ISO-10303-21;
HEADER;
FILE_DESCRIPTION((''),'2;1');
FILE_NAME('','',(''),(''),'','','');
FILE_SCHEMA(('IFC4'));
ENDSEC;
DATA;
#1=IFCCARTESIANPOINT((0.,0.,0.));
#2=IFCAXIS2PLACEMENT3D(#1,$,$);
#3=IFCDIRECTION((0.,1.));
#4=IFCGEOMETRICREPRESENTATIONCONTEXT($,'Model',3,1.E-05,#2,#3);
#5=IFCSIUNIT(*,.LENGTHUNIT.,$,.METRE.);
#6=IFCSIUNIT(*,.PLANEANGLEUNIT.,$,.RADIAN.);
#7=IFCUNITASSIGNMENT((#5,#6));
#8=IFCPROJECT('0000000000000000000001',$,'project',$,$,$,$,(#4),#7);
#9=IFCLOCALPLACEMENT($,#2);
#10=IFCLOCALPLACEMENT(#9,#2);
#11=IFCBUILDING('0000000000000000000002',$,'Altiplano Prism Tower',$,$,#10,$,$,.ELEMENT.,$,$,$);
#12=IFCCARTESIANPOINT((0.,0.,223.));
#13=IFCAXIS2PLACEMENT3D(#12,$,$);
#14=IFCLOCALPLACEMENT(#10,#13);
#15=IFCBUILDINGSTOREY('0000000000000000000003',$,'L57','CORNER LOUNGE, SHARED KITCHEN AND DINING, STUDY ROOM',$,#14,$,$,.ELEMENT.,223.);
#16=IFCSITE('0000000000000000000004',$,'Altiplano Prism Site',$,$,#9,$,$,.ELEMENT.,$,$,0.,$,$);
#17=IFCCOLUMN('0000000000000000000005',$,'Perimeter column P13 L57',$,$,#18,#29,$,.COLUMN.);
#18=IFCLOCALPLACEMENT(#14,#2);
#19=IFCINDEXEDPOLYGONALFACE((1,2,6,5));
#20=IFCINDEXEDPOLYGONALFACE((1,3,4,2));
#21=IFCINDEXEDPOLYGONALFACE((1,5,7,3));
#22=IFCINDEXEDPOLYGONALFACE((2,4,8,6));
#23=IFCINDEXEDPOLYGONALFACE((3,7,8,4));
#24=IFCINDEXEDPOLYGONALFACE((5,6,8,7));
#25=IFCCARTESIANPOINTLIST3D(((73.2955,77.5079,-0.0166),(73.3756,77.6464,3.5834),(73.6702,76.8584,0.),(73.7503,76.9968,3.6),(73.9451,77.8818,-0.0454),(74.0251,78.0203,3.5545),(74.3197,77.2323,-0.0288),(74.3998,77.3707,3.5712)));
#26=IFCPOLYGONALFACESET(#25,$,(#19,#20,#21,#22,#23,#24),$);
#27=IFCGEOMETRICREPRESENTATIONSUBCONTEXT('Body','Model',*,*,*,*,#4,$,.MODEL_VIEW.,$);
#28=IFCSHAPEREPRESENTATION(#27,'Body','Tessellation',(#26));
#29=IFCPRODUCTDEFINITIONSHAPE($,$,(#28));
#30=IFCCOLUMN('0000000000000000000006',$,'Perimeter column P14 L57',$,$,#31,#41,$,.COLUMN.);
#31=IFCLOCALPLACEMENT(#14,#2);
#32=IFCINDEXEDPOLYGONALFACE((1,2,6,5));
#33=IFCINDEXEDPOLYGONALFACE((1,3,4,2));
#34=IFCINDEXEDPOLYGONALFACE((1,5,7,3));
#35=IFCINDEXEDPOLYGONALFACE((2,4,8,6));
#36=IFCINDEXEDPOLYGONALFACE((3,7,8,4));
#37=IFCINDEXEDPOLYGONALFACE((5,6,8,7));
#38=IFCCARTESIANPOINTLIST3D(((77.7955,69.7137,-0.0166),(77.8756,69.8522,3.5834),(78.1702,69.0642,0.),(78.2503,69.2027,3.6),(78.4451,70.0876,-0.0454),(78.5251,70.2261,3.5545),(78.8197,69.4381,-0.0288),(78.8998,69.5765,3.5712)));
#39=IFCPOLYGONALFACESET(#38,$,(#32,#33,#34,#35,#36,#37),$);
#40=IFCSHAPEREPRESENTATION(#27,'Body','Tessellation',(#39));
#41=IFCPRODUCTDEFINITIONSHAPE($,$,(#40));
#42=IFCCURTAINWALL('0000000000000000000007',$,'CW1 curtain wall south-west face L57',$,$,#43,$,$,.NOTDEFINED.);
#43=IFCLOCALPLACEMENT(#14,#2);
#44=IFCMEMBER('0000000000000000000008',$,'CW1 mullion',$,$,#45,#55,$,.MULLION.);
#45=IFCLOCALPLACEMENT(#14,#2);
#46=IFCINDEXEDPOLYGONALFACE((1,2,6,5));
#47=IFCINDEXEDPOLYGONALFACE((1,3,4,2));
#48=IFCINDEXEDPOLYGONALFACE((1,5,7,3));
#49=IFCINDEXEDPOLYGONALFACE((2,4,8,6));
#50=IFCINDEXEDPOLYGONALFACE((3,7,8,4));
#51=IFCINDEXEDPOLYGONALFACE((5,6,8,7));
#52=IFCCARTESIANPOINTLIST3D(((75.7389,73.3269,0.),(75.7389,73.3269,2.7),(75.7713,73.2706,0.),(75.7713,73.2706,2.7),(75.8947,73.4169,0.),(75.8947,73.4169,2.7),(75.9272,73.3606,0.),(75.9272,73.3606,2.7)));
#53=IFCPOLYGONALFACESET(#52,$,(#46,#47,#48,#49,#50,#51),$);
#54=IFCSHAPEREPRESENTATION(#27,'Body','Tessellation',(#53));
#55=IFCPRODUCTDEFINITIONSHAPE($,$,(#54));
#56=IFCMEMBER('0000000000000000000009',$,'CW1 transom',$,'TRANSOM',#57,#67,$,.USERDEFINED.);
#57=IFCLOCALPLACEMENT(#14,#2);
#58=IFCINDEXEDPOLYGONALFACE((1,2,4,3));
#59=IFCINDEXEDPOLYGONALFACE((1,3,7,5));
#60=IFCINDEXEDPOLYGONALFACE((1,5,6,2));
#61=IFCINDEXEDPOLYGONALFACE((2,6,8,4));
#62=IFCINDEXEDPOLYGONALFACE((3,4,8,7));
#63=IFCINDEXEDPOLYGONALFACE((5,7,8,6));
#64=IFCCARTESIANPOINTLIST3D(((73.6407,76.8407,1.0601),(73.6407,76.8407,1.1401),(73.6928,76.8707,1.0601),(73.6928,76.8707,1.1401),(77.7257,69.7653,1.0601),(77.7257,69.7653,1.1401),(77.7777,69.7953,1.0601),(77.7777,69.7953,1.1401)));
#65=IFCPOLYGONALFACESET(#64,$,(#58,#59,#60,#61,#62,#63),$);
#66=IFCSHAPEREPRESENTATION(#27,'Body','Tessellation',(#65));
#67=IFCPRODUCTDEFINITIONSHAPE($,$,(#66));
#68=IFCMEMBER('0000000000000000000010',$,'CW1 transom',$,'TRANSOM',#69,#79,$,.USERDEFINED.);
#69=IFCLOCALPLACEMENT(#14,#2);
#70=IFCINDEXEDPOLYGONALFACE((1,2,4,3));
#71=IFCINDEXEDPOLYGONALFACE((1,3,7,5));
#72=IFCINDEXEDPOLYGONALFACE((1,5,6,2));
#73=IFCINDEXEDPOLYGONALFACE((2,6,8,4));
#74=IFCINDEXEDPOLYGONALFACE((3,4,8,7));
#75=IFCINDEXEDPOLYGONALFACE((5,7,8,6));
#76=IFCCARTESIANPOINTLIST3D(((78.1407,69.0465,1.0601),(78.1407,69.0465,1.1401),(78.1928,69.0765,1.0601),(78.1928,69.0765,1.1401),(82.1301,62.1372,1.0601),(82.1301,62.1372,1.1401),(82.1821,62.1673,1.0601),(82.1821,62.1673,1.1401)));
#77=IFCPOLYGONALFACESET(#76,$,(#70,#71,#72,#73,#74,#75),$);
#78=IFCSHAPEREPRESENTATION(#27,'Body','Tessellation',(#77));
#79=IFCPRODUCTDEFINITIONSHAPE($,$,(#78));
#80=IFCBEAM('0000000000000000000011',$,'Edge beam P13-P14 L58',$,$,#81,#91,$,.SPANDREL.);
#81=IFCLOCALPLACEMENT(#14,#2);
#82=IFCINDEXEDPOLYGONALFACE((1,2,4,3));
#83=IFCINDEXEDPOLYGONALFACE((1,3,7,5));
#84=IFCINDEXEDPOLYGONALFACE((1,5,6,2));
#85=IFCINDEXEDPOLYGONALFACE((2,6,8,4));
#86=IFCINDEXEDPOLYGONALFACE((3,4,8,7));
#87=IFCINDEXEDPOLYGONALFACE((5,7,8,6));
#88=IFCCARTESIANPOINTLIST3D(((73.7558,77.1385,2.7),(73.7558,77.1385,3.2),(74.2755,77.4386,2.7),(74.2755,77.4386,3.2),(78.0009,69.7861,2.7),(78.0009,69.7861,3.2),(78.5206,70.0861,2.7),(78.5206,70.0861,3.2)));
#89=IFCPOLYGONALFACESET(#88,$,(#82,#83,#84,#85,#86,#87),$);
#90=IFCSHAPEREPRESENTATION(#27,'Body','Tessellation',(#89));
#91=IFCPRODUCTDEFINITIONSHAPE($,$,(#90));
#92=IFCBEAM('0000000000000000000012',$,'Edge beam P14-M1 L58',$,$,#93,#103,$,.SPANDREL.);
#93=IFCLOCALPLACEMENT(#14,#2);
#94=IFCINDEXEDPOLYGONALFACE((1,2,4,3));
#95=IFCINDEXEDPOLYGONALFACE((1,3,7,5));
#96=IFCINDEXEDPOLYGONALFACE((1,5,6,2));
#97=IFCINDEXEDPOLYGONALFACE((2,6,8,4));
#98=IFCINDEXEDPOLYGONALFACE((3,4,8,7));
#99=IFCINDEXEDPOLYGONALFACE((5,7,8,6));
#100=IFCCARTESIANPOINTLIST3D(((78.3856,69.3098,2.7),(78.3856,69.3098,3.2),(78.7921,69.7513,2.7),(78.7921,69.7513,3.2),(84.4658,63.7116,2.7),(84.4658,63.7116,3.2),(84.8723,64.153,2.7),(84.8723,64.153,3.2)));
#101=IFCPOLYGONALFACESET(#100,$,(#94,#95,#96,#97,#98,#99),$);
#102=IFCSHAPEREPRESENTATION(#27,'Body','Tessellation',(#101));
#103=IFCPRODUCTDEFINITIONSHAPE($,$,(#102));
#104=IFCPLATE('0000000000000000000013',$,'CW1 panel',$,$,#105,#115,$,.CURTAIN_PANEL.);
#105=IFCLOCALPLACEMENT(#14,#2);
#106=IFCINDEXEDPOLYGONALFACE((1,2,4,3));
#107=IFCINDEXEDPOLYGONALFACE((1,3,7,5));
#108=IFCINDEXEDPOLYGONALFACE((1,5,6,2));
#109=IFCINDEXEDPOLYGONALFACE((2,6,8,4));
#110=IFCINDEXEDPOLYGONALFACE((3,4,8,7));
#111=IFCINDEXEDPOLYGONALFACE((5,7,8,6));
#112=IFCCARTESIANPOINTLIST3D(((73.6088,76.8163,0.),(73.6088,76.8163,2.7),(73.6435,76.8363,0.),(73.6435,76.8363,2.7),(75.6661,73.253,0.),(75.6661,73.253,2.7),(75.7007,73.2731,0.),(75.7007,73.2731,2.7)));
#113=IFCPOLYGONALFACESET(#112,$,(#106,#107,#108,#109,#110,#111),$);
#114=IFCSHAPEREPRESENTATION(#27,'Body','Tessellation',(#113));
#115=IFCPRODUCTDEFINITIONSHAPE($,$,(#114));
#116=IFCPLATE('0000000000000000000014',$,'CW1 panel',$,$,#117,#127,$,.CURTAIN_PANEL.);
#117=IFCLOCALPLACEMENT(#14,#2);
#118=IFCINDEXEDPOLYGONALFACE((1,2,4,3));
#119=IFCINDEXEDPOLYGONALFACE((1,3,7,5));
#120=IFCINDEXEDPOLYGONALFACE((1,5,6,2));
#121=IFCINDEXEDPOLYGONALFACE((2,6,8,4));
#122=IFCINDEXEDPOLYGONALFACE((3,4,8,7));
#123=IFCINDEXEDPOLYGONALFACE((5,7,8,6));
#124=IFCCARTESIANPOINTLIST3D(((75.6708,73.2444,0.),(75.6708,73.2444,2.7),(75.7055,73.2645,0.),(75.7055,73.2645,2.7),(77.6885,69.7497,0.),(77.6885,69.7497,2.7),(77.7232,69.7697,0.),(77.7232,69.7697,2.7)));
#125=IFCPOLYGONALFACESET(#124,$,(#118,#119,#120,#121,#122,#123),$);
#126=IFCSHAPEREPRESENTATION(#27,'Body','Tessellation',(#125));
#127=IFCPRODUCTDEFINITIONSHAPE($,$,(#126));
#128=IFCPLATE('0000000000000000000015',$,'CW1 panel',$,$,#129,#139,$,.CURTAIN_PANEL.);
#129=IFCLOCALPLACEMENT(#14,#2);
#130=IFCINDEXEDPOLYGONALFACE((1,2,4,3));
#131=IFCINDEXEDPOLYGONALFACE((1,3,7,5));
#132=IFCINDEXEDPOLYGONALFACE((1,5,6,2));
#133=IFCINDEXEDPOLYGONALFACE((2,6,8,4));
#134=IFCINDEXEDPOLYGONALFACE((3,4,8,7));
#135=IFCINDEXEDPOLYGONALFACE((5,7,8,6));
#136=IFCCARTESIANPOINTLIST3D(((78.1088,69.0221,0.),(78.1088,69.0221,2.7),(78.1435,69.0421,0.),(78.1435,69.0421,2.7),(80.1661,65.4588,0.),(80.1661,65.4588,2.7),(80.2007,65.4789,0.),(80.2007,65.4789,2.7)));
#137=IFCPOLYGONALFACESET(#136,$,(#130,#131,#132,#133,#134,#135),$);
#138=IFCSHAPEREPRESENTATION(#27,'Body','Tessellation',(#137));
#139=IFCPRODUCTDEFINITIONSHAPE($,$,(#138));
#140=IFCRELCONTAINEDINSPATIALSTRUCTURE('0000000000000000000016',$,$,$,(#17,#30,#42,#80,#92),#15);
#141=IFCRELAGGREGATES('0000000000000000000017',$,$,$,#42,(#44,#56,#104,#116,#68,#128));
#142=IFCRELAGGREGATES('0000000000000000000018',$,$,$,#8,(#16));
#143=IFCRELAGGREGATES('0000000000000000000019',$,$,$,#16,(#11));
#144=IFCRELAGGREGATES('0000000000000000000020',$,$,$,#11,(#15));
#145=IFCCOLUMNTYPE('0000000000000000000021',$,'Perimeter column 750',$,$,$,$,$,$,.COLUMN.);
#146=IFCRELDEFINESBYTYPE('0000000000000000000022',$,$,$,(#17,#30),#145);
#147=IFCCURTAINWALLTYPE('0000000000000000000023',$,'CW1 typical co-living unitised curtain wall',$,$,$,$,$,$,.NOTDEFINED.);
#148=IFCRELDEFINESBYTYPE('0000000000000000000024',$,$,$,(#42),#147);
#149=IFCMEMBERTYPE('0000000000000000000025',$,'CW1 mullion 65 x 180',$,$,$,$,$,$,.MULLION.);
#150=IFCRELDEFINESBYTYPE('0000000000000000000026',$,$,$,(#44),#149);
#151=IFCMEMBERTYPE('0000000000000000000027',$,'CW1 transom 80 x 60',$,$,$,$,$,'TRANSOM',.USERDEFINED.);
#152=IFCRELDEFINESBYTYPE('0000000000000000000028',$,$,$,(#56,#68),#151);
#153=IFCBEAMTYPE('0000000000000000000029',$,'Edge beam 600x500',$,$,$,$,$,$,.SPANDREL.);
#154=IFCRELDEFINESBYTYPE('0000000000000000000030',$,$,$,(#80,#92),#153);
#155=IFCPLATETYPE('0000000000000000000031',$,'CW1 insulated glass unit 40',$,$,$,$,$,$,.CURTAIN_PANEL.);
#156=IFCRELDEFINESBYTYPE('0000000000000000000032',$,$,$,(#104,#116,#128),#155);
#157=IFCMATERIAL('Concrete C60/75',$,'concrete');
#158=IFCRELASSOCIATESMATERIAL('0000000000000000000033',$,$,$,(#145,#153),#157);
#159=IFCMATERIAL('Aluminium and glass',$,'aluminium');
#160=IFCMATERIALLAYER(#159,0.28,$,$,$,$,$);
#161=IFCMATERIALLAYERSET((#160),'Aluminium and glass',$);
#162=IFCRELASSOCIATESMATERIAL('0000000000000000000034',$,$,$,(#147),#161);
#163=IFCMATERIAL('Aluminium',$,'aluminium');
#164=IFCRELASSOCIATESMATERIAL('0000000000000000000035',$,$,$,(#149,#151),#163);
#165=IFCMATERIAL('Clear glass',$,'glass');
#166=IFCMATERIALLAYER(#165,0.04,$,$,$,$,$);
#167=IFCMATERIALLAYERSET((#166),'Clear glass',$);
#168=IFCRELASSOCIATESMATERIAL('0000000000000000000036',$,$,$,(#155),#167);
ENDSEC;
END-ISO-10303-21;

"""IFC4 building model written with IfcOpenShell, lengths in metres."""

from ifc_helpers import new_model, si_unit, direction, frame, origin, origin_2d, place, context, subcontext, project, spatial, rectangle, extrude, material, layer, layer_set, material_profile, profile_set, type_object, element, aggregate, save


model = new_model("IFC4")

# Units and contexts
model_context = context("Model", 3, precision=1e-05, world=origin(), true_north=direction((0.0, 1.0)))
body_context = subcontext(model_context, "Body", "Model", "MODEL_VIEW")
ifc_project = project(units=[si_unit("LENGTHUNIT", "METRE"), si_unit("PLANEANGLEUNIT", "RADIAN")], contexts=[model_context])

# Site, building, storey
site_placement = place(None, origin())
site = spatial("IfcSite", under=ifc_project, at=site_placement, Name="Altiplano Prism Site", CompositionType="ELEMENT", RefElevation=0.0)
building_placement = place(site_placement, origin())
building = spatial("IfcBuilding", under=site, at=building_placement, Name="Altiplano Prism Tower", CompositionType="ELEMENT")
storey_placement = place(building_placement, frame((0.0, 0.0, 223.0)))
storey = spatial("IfcBuildingStorey", under=building, at=storey_placement, Name="L57", Description="CORNER LOUNGE, SHARED KITCHEN AND DINING, STUDY ROOM", CompositionType="ELEMENT", Elevation=223.0)

# Columns
ifc_material_1 = material(Name="Concrete C60/75", Category="concrete")
ifc_material_profile_1 = material_profile(ifc_material_1, rectangle(XDim=0.75, YDim=0.75, at=origin_2d()), Name="Perimeter column 750")
ifc_profile_set_1 = profile_set([ifc_material_profile_1], Name="Concrete C60/75")
column_type = type_object("IfcColumnType", Name="Perimeter column 750", PredefinedType="COLUMN", material=ifc_profile_set_1)
for number, where, z_axis, x_axis, name in (
    (1, (73.8076, 77.3701, -0.0227), (0.022223, 0.038416, 0.999015), (-0.866022, -0.498526, 0.038435), "Perimeter column P13 L57"),
    (2, (78.3076, 69.5759, -0.0227), (0.022223, 0.038416, 0.999015), (-0.866024, -0.498523, 0.038435), "Perimeter column P14 L57"),
):
    element("IfcColumn", number, at=place(storey_placement, frame(where, z_axis=z_axis, x_axis=x_axis)), inside=storey, type_object=column_type, Name=name, PredefinedType="COLUMN", context=body_context, shape_type="SweptSolid", body=[
        extrude(rectangle(XDim=0.75, YDim=0.75, at=origin_2d()), origin(), (0.0, 0.0, 1.0), 3.6035),
    ])

# Curtain wall, members
ifc_material_2 = material(Name="Aluminium and glass", Category="aluminium")
ifc_layer_1 = layer(ifc_material_2, 0.28)
ifc_layer_set_1 = layer_set([ifc_layer_1], Name="Aluminium and glass")
curtain_wall_type = type_object("IfcCurtainWallType", Name="CW1 typical co-living unitised curtain wall", PredefinedType="NOTDEFINED", material=ifc_layer_set_1)
curtain_wall_placement = place(storey_placement, origin())
curtain_wall = element("IfcCurtainWall", 3, at=curtain_wall_placement, inside=storey, type_object=curtain_wall_type, Name="CW1 curtain wall south-west face L57", PredefinedType="NOTDEFINED")
ifc_material_3 = material(Name="Aluminium", Category="aluminium")
ifc_material_profile_2 = material_profile(ifc_material_3, rectangle(XDim=0.1799, YDim=0.0649, at=origin_2d()), Name="CW1 mullion 65 x 180")
ifc_profile_set_2 = profile_set([ifc_material_profile_2], Name="Aluminium")
member_type_1 = type_object("IfcMemberType", Name="CW1 mullion 65 x 180", PredefinedType="MULLION", material=ifc_profile_set_2)
member_1_placement = place(storey_placement, frame((75.833, 73.3438, 0.0), z_axis=(0.0, 0.0, 1.0), x_axis=(0.866025, 0.5, 0.0)))
member_1 = element("IfcMember", 4, at=member_1_placement, type_object=member_type_1, Name="CW1 mullion", PredefinedType="MULLION", context=body_context, shape_type="SweptSolid", body=[
    extrude(rectangle(XDim=0.1799, YDim=0.0649, at=origin_2d()), origin(), (0.0, 0.0, 1.0), 2.7),
])
ifc_material_profile_3 = material_profile(ifc_material_3, rectangle(XDim=0.0601, YDim=0.0801, at=origin_2d()), Name="CW1 transom 80 x 60")
ifc_profile_set_3 = profile_set([ifc_material_profile_3], Name="Aluminium")
member_type_2 = type_object("IfcMemberType", Name="CW1 transom 80 x 60", ElementType="TRANSOM", PredefinedType="USERDEFINED", material=ifc_profile_set_3)
member_2_placement = place(storey_placement, frame((73.6667, 76.8557, 1.1001), z_axis=(0.499996, -0.866028, 0.0), x_axis=(0.866028, 0.499996, 0.0)))
member_2 = element("IfcMember", 5, at=member_2_placement, type_object=member_type_2, Name="CW1 transom", ObjectType="TRANSOM", PredefinedType="USERDEFINED", context=body_context, shape_type="SweptSolid", body=[
    extrude(rectangle(XDim=0.0601, YDim=0.0801, at=origin_2d()), origin(), (0.0, 0.0, 1.0), 8.1699),
])
member_3_placement = place(storey_placement, frame((78.1667, 69.0615, 1.1001), z_axis=(0.500023, -0.866012, 0.0), x_axis=(0.866012, 0.500023, 0.0)))
member_3 = element("IfcMember", 6, at=member_3_placement, type_object=member_type_2, Name="CW1 transom", ObjectType="TRANSOM", PredefinedType="USERDEFINED", context=body_context, shape_type="SweptSolid", body=[
    extrude(rectangle(XDim=0.0601, YDim=0.0801, at=origin_2d()), origin(), (0.0, 0.0, 1.0), 7.9783),
])

# Beams
ifc_material_profile_4 = material_profile(ifc_material_1, rectangle(XDim=0.6001, YDim=0.5, at=origin_2d()), Name="Edge beam 600x500")
ifc_profile_set_4 = profile_set([ifc_material_profile_4], Name="Concrete C60/75")
beam_type = type_object("IfcBeamType", Name="Edge beam 600x500", PredefinedType="SPANDREL", material=ifc_profile_set_4)
beam_1_placement = place(storey_placement, frame((74.0156, 77.2886, 2.95), z_axis=(0.500011, -0.866019, 0.0), x_axis=(0.866019, 0.500011, 0.0)))
element("IfcBeam", 7, at=beam_1_placement, inside=storey, type_object=beam_type, Name="Edge beam P13-P14 L58", PredefinedType="SPANDREL", context=body_context, shape_type="SweptSolid", body=[
    extrude(rectangle(XDim=0.6001, YDim=0.5, at=origin_2d()), origin(), (0.0, 0.0, 1.0), 8.49),
])
beam_2_placement = place(storey_placement, frame((78.5889, 69.5305, 2.95), z_axis=(0.735661, -0.67735, 0.0), x_axis=(0.67735, 0.735661, 0.0)))
element("IfcBeam", 8, at=beam_2_placement, inside=storey, type_object=beam_type, Name="Edge beam P14-M1 L58", PredefinedType="SPANDREL", context=body_context, shape_type="SweptSolid", body=[
    extrude(rectangle(XDim=0.6001, YDim=0.5, at=origin_2d()), origin(), (0.0, 0.0, 1.0), 8.2649),
])

# Plates
ifc_material_4 = material(Name="Clear glass", Category="glass")
ifc_layer_2 = layer(ifc_material_4, 0.04)
ifc_layer_set_2 = layer_set([ifc_layer_2], Name="Clear glass")
plate_type = type_object("IfcPlateType", Name="CW1 insulated glass unit 40", PredefinedType="CURTAIN_PANEL", material=ifc_layer_set_2)
plate_1_placement = place(storey_placement, frame((74.6548, 75.0447, 0.0), z_axis=(0.0, 0.0, 1.0), x_axis=(0.5, -0.866025, 0.0)))
plate_1 = element("IfcPlate", 9, at=plate_1_placement, type_object=plate_type, Name="CW1 panel", PredefinedType="CURTAIN_PANEL", context=body_context, shape_type="SweptSolid", body=[
    extrude(rectangle(XDim=4.1145, YDim=0.04, at=origin_2d()), origin(), (0.0, 0.0, 1.0), 2.7),
])
plate_2_placement = place(storey_placement, frame((76.697, 71.5071, 0.0), z_axis=(0.0, 0.0, 1.0), x_axis=(0.5, -0.866025, 0.0)))
plate_2 = element("IfcPlate", 10, at=plate_2_placement, type_object=plate_type, Name="CW1 panel", PredefinedType="CURTAIN_PANEL", context=body_context, shape_type="SweptSolid", body=[
    extrude(rectangle(XDim=4.0354, YDim=0.04, at=origin_2d()), origin(), (0.0, 0.0, 1.0), 2.7),
])
plate_3_placement = place(storey_placement, frame((79.1548, 67.2505, 0.0), z_axis=(0.0, 0.0, 1.0), x_axis=(0.5, -0.866025, 0.0)))
plate_3 = element("IfcPlate", 11, at=plate_3_placement, type_object=plate_type, Name="CW1 panel", PredefinedType="CURTAIN_PANEL", context=body_context, shape_type="SweptSolid", body=[
    extrude(rectangle(XDim=4.1145, YDim=0.04, at=origin_2d()), origin(), (0.0, 0.0, 1.0), 2.7),
])
aggregate(curtain_wall, [member_1, member_2, plate_1, plate_2, member_3, plate_3])

save(model, "model.ifc")
